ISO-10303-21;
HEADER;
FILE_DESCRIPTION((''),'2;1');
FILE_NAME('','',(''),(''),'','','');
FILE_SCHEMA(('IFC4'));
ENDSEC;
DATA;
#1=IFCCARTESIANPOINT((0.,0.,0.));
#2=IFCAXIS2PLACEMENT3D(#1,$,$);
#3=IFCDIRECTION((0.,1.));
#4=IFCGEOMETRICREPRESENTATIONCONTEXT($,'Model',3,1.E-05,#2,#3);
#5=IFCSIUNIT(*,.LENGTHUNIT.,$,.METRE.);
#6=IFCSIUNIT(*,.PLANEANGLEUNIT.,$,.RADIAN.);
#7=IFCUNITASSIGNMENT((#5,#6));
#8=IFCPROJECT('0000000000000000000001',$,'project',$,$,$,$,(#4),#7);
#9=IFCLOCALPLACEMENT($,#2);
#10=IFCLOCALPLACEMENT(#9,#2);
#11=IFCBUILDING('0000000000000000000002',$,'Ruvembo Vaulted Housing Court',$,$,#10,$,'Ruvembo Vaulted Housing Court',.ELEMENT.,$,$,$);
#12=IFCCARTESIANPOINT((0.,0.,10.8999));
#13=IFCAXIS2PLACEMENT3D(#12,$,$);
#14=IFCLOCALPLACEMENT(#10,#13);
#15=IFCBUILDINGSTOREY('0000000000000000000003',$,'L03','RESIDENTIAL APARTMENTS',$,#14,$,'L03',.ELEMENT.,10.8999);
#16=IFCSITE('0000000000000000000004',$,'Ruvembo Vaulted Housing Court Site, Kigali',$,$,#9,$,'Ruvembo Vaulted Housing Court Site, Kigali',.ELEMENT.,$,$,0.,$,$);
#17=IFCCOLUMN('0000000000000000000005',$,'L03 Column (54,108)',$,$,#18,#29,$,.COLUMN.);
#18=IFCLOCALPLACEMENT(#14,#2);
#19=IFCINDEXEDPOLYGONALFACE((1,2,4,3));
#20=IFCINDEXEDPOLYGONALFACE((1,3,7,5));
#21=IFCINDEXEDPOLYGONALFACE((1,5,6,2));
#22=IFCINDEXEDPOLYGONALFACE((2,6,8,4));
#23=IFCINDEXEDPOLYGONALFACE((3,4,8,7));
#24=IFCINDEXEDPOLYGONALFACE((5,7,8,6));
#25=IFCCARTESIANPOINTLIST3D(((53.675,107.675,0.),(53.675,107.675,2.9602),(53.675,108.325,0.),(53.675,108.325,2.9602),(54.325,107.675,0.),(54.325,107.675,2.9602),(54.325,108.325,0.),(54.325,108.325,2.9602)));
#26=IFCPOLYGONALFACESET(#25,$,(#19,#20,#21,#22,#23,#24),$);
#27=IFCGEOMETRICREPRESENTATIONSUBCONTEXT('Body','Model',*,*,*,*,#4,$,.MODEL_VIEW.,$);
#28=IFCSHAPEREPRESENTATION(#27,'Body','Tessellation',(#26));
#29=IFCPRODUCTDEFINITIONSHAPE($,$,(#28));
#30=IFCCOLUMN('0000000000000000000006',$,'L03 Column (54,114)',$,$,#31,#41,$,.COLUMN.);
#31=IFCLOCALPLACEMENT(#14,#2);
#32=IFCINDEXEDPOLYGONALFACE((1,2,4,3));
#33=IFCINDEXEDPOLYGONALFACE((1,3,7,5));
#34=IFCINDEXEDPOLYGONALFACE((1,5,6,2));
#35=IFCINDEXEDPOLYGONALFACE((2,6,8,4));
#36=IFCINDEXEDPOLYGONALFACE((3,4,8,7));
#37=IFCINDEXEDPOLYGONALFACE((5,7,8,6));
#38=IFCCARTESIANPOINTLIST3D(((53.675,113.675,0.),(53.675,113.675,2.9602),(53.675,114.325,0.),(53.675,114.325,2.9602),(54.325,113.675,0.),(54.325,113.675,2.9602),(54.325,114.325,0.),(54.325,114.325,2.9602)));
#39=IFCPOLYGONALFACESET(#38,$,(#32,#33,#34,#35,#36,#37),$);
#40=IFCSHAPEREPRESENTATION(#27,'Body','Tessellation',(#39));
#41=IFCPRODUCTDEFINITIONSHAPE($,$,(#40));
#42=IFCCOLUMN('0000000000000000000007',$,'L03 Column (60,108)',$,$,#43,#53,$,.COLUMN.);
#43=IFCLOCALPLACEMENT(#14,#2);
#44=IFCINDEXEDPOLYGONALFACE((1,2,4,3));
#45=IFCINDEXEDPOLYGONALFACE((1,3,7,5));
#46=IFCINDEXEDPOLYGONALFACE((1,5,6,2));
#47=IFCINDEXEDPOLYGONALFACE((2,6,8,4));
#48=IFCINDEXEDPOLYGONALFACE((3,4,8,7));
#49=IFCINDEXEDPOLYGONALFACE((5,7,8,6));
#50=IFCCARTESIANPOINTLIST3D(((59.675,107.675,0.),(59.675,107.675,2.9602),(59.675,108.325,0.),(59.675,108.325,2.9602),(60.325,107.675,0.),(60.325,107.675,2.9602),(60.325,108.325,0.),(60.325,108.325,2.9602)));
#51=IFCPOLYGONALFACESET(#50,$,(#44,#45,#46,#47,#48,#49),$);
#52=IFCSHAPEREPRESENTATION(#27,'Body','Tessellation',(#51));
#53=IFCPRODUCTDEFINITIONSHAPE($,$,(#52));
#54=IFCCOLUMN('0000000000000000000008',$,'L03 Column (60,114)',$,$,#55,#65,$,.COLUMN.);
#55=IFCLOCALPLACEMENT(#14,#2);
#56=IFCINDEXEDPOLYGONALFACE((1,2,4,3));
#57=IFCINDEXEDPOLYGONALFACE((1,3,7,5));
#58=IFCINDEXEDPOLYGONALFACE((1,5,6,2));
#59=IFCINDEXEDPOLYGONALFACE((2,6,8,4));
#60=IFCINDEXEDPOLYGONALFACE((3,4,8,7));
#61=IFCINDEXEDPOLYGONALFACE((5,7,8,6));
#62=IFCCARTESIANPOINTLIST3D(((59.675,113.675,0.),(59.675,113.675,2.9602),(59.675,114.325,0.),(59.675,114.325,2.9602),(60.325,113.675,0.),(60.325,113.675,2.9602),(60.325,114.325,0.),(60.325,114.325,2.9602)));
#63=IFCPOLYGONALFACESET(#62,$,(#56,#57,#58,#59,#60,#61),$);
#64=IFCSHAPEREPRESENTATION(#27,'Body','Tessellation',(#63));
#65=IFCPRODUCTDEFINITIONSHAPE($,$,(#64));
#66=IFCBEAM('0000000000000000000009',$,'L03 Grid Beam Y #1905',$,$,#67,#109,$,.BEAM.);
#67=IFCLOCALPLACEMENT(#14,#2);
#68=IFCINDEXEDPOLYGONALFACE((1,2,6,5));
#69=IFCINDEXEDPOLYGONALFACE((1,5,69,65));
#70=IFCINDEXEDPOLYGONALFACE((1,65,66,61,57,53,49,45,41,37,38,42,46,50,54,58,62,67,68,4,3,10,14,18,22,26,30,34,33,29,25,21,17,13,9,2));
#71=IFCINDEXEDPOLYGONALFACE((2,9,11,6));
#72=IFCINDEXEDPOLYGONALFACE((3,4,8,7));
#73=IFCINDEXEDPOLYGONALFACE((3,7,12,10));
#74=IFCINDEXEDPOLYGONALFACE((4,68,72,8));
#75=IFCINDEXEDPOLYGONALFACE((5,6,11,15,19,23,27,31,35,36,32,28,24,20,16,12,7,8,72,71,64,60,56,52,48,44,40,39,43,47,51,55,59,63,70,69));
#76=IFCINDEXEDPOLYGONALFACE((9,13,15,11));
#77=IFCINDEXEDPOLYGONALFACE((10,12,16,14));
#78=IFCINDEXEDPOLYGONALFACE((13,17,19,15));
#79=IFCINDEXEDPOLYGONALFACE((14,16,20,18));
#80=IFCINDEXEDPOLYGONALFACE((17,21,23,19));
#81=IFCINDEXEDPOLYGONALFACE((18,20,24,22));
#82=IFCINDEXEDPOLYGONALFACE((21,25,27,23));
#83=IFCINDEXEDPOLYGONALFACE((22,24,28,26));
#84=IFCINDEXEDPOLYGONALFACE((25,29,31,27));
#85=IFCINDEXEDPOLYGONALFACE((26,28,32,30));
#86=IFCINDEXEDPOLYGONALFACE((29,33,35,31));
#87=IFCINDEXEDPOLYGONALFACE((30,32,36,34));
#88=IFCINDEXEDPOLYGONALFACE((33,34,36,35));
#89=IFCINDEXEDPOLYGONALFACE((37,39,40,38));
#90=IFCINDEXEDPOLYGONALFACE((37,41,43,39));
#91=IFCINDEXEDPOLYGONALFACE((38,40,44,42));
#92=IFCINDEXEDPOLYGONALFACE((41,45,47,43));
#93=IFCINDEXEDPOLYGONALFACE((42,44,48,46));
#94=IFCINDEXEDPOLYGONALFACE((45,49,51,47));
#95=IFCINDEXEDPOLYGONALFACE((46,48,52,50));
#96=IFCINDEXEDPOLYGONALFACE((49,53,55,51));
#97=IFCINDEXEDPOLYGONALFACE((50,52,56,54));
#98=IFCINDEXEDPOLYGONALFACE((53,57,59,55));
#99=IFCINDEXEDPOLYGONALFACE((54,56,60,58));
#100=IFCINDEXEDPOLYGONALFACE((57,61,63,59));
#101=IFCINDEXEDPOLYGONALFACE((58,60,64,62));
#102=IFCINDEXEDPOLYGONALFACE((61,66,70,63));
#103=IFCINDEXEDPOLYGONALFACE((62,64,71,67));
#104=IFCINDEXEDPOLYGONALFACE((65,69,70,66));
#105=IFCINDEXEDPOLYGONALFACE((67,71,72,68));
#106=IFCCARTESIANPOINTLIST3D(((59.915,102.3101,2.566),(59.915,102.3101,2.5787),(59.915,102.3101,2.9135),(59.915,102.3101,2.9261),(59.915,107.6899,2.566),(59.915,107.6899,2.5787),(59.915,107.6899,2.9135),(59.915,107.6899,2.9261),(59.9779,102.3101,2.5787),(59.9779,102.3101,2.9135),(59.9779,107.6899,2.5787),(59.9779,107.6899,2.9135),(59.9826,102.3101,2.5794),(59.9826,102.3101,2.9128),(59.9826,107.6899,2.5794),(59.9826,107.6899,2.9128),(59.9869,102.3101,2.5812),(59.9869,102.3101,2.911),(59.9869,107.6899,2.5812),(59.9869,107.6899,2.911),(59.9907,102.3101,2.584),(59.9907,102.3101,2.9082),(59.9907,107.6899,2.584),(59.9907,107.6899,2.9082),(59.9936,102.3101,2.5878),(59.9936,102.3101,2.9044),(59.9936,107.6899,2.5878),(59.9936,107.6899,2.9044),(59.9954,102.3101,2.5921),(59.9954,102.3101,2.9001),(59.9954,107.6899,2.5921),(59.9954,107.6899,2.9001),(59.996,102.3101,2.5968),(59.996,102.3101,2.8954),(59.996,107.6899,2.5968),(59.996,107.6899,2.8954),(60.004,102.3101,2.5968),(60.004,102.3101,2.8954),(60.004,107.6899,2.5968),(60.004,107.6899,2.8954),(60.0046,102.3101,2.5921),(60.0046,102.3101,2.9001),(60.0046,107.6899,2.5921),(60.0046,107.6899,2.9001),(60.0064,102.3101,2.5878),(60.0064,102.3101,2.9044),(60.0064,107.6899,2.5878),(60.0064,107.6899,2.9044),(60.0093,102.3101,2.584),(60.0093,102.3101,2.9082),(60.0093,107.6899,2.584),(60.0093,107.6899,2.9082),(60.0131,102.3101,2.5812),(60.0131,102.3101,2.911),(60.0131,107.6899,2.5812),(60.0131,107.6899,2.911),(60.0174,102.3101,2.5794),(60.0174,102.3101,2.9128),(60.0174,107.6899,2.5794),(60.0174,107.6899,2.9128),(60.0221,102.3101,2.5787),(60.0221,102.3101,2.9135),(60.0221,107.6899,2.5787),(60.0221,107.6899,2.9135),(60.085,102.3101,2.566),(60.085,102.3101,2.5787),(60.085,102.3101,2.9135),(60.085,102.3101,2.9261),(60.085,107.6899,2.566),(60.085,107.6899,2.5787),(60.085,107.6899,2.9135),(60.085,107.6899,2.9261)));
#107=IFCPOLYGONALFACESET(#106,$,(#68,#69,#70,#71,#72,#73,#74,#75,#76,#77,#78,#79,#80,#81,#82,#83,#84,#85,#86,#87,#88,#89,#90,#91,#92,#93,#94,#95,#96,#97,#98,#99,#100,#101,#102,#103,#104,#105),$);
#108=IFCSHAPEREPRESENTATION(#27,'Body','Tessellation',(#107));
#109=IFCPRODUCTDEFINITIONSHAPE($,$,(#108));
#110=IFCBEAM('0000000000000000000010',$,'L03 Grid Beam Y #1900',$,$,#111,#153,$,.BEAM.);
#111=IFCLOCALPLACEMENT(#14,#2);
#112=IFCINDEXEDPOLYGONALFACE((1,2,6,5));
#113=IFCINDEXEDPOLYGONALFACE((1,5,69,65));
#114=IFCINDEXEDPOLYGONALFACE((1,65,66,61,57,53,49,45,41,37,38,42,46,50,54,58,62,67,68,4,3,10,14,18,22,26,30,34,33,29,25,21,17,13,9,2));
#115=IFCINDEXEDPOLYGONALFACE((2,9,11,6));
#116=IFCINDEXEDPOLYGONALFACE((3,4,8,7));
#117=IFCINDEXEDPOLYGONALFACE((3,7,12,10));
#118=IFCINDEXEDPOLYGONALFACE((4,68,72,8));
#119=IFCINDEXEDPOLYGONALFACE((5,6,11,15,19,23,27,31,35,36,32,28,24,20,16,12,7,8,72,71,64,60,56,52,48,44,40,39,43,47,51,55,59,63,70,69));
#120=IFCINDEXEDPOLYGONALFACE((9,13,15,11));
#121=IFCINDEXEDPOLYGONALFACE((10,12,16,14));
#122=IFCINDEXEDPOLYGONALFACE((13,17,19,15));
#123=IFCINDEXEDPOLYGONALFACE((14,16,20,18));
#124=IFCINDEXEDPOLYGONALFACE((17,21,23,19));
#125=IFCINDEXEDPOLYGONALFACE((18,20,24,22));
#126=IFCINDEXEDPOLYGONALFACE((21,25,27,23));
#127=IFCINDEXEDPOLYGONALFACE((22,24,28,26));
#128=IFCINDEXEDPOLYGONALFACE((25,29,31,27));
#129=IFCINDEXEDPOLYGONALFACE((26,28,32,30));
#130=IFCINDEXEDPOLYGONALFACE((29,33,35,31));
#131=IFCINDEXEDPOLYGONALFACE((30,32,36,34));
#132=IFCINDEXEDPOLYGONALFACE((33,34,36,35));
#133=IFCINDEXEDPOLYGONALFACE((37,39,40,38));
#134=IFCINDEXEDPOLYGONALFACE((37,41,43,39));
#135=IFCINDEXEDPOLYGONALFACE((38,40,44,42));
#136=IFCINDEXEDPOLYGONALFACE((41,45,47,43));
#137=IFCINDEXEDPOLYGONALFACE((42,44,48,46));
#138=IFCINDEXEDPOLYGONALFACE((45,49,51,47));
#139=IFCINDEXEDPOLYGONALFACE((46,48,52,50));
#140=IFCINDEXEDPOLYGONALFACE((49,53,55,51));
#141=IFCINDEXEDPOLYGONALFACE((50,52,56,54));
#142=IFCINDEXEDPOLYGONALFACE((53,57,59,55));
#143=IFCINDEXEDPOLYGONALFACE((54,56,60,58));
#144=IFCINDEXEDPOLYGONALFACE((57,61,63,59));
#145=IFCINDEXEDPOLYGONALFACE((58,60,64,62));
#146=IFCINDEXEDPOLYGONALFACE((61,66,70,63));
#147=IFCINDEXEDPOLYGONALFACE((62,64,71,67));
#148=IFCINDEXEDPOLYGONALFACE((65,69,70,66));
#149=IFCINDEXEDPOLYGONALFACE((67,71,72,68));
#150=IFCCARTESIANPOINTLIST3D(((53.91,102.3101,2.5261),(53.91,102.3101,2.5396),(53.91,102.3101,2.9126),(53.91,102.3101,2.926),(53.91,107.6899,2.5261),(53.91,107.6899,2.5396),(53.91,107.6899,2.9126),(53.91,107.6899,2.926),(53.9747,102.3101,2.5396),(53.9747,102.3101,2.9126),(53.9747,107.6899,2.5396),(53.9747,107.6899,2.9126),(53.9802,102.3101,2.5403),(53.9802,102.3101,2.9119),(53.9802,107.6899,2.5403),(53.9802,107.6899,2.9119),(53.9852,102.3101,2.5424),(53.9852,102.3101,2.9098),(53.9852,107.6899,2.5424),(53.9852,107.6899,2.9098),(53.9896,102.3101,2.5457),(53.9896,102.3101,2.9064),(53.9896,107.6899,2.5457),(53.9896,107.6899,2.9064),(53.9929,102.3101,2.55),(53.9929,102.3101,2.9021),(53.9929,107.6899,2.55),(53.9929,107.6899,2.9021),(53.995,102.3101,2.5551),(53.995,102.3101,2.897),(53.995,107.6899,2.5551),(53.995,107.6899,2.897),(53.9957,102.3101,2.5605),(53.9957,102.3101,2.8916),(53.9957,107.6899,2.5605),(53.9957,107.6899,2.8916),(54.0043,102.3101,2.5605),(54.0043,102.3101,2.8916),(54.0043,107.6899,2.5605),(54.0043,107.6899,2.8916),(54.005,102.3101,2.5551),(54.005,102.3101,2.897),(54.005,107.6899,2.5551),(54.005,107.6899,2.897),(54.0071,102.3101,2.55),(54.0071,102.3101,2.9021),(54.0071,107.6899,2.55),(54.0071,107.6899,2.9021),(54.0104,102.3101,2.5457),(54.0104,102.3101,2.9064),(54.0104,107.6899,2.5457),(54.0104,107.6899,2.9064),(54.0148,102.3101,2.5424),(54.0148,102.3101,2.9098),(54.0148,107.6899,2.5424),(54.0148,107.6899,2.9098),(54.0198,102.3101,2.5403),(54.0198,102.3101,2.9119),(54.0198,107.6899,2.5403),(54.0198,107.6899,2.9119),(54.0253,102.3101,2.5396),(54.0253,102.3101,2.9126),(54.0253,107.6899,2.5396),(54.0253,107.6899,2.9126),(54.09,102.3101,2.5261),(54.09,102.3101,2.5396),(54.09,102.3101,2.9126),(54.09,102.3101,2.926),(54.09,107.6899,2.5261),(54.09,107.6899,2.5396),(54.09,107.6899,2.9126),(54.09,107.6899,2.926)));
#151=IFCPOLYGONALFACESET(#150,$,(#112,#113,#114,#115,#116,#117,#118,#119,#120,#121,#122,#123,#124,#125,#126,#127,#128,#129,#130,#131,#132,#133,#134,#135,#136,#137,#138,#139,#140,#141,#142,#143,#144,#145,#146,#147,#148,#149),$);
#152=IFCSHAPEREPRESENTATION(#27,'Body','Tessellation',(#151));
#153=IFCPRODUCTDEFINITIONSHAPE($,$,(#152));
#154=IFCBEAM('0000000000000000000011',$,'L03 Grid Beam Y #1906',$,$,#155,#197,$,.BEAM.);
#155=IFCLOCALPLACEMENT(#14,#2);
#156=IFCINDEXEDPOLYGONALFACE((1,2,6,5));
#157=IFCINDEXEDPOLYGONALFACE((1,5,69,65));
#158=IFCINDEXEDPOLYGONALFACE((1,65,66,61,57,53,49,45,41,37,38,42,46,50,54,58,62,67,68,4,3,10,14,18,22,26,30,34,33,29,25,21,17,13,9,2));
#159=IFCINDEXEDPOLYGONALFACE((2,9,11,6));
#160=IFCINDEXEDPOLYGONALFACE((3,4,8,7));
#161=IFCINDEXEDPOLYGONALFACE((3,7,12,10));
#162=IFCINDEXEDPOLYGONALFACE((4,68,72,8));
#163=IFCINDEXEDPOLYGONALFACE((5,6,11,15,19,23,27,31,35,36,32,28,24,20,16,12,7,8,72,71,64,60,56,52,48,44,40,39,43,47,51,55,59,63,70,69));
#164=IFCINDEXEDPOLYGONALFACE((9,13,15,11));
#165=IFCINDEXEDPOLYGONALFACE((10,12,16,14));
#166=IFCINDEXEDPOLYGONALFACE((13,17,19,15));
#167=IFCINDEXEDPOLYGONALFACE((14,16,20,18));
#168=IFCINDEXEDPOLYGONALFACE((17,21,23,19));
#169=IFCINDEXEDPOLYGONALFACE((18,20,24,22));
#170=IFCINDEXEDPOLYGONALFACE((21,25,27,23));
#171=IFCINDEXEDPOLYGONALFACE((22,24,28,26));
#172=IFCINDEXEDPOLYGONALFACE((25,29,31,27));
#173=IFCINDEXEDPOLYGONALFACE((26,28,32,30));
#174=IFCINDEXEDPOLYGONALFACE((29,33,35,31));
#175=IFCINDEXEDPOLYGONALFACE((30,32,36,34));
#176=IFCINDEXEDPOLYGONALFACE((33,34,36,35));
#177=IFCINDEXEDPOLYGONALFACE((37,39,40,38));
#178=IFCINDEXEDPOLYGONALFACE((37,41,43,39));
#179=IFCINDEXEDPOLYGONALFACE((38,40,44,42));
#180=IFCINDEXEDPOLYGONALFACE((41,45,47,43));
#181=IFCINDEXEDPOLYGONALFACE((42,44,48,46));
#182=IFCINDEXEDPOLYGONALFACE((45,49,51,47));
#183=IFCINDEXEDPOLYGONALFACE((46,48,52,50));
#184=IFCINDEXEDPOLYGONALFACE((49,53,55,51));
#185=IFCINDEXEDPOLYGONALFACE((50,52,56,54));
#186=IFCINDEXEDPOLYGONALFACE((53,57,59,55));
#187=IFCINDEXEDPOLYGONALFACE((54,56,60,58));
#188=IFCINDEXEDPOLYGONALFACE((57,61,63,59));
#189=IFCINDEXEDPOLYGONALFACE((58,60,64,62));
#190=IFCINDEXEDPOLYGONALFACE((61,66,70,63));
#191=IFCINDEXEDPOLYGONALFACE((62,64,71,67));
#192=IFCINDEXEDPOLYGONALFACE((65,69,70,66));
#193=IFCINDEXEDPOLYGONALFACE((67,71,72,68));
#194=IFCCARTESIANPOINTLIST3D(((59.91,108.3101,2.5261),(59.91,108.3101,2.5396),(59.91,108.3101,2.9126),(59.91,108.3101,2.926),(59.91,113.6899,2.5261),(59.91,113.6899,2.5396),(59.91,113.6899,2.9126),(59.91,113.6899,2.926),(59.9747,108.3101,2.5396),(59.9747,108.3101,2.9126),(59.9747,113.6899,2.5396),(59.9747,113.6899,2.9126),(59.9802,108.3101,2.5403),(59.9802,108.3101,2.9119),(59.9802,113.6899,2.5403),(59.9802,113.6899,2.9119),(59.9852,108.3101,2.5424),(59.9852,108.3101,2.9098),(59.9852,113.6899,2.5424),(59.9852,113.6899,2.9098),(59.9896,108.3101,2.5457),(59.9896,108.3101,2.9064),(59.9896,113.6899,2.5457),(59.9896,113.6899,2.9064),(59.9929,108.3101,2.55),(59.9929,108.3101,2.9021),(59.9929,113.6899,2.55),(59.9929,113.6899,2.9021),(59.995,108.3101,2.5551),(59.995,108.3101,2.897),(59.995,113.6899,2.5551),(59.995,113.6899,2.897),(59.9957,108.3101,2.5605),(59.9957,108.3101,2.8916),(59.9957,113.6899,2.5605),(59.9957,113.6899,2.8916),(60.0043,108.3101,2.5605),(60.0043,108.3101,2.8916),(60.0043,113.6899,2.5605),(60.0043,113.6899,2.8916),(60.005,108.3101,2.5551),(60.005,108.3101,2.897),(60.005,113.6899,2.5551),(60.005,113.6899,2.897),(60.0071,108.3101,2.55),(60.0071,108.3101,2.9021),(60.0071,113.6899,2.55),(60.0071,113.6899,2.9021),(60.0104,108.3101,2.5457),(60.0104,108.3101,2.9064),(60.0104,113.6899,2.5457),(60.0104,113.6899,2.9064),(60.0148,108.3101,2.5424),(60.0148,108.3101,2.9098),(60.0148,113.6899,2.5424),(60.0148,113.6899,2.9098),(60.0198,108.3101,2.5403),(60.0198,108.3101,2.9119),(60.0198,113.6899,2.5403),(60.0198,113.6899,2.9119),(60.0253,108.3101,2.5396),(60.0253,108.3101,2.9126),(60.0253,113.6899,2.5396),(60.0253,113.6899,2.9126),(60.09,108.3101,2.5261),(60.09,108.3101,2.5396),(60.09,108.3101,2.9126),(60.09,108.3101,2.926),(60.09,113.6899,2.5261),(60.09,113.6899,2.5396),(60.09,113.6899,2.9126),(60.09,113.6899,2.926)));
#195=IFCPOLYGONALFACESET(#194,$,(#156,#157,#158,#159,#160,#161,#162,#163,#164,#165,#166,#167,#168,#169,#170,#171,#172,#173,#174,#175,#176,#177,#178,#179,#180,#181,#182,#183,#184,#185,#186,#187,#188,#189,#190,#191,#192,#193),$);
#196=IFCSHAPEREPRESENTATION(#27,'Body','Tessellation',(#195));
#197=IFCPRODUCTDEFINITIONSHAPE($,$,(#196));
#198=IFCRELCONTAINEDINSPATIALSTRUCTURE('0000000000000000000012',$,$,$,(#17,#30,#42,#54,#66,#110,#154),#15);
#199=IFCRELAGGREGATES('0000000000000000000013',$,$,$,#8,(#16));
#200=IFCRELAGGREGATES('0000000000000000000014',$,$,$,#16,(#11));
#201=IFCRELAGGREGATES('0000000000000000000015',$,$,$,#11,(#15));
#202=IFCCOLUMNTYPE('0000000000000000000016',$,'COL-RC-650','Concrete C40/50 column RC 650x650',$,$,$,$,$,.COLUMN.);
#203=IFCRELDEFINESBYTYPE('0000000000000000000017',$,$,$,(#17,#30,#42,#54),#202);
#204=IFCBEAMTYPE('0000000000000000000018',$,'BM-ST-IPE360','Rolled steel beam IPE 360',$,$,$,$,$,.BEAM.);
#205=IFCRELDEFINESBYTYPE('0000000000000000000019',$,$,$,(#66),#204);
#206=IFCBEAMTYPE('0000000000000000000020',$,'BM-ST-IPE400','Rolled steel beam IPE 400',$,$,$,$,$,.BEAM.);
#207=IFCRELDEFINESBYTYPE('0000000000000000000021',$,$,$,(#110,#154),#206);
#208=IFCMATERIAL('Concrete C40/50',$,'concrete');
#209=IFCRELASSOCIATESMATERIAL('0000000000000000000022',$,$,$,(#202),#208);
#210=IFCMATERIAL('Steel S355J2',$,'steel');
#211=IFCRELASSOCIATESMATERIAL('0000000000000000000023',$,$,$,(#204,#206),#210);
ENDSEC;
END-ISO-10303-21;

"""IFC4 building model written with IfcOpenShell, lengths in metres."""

from ifc_helpers import new_model, si_unit, direction, frame, origin, origin_2d, place, context, subcontext, project, spatial, rectangle, i_section, extrude, material, material_profile, profile_set, type_object, element, save


model = new_model("IFC4")

# Units and contexts
model_context = context("Model", 3, precision=1e-05, world=origin(), true_north=direction((0.0, 1.0)))
body_context = subcontext(model_context, "Body", "Model", "MODEL_VIEW")
ifc_project = project(units=[si_unit("LENGTHUNIT", "METRE"), si_unit("PLANEANGLEUNIT", "RADIAN")], contexts=[model_context])

# Site, building, storey
site_placement = place(None, origin())
site = spatial("IfcSite", under=ifc_project, at=site_placement, Name="Ruvembo Vaulted Housing Court Site, Kigali", LongName="Ruvembo Vaulted Housing Court Site, Kigali", CompositionType="ELEMENT", RefElevation=0.0)
building_placement = place(site_placement, origin())
building = spatial("IfcBuilding", under=site, at=building_placement, Name="Ruvembo Vaulted Housing Court", LongName="Ruvembo Vaulted Housing Court", CompositionType="ELEMENT")
storey_placement = place(building_placement, frame((0.0, 0.0, 10.8999)))
storey = spatial("IfcBuildingStorey", under=building, at=storey_placement, Name="L03", Description="RESIDENTIAL APARTMENTS", LongName="L03", CompositionType="ELEMENT", Elevation=10.8999)

# Columns
ifc_material_1 = material(Name="Concrete C40/50", Category="concrete")
ifc_material_profile_1 = material_profile(ifc_material_1, rectangle(XDim=0.6499, YDim=0.6499, at=origin_2d()), Name="RC 650x650")
ifc_profile_set_1 = profile_set([ifc_material_profile_1], Name="Concrete C40/50")
column_type = type_object("IfcColumnType", Name="COL-RC-650", Description="Concrete C40/50 column RC 650x650", PredefinedType="COLUMN", material=ifc_profile_set_1)
for number, where, z_axis, x_axis, name in (
    (1, (54.0, 108.0, 0.0), (0.0, 0.0, 1.0), (1.0, 0.0, 0.0), "L03 Column (54,108)"),
    (2, (54.0, 114.0, 0.0), (0.0, 0.0, 1.0), (1.0, 0.0, 0.0), "L03 Column (54,114)"),
    (3, (60.0, 108.0, 0.0), (0.0, 0.0, 1.0), (1.0, 0.0, 0.0), "L03 Column (60,108)"),
    (4, (60.0, 114.0, 0.0), (0.0, 0.0, 1.0), (1.0, 0.0, 0.0), "L03 Column (60,114)"),
):
    element("IfcColumn", number, at=place(storey_placement, frame(where, z_axis=z_axis, x_axis=x_axis)), inside=storey, type_object=column_type, Name=name, PredefinedType="COLUMN", context=body_context, shape_type="SweptSolid", body=[
        extrude(rectangle(XDim=0.6499, YDim=0.6499, at=origin_2d()), origin(), (0.0, 0.0, 1.0), 2.9602),
    ])

# Beams
ifc_material_2 = material(Name="Steel S355J2", Category="steel")
ifc_material_profile_2 = material_profile(ifc_material_2, i_section(OverallWidth=0.1699, OverallDepth=0.3601, WebThickness=0.0081, FlangeThickness=0.0127, FilletRadius=0.0181, at=origin_2d()), Name="IPE 360")
ifc_profile_set_2 = profile_set([ifc_material_profile_2], Name="Steel S355J2")
beam_type_1 = type_object("IfcBeamType", Name="BM-ST-IPE360", Description="Rolled steel beam IPE 360", PredefinedType="BEAM", material=ifc_profile_set_2)
beam_1_placement = place(storey_placement, frame((60.0, 102.3101, 2.7461), z_axis=(0.0, 1.0, 0.0), x_axis=(-1.0, 0.0, 0.0)))
element("IfcBeam", 5, at=beam_1_placement, inside=storey, type_object=beam_type_1, Name="L03 Grid Beam Y #1905", PredefinedType="BEAM", context=body_context, shape_type="SweptSolid", body=[
    extrude(i_section(OverallWidth=0.1699, OverallDepth=0.3601, WebThickness=0.0081, FlangeThickness=0.0127, FilletRadius=0.0181, at=origin_2d()), origin(), (0.0, 0.0, 1.0), 5.3799),
])
ifc_material_profile_3 = material_profile(ifc_material_2, i_section(OverallWidth=0.1799, OverallDepth=0.3999, WebThickness=0.0085, FlangeThickness=0.0134, FilletRadius=0.021, at=origin_2d()), Name="IPE 400")
ifc_profile_set_3 = profile_set([ifc_material_profile_3], Name="Steel S355J2")
beam_type_2 = type_object("IfcBeamType", Name="BM-ST-IPE400", Description="Rolled steel beam IPE 400", PredefinedType="BEAM", material=ifc_profile_set_3)
for number, where, z_axis, x_axis, name in (
    (6, (54.0, 102.3101, 2.7261), (0.0, 1.0, 0.0), (-1.0, 0.0, 0.0), "L03 Grid Beam Y #1900"),
    (7, (60.0, 108.3101, 2.7261), (0.0, 1.0, 0.0), (-1.0, 0.0, 0.0), "L03 Grid Beam Y #1906"),
):
    element("IfcBeam", number, at=place(storey_placement, frame(where, z_axis=z_axis, x_axis=x_axis)), inside=storey, type_object=beam_type_2, Name=name, PredefinedType="BEAM", context=body_context, shape_type="SweptSolid", body=[
        extrude(i_section(OverallWidth=0.1799, OverallDepth=0.3999, WebThickness=0.0085, FlangeThickness=0.0134, FilletRadius=0.021, at=origin_2d()), origin(), (0.0, 0.0, 1.0), 5.3799),
    ])

save(model, "model.ifc")
